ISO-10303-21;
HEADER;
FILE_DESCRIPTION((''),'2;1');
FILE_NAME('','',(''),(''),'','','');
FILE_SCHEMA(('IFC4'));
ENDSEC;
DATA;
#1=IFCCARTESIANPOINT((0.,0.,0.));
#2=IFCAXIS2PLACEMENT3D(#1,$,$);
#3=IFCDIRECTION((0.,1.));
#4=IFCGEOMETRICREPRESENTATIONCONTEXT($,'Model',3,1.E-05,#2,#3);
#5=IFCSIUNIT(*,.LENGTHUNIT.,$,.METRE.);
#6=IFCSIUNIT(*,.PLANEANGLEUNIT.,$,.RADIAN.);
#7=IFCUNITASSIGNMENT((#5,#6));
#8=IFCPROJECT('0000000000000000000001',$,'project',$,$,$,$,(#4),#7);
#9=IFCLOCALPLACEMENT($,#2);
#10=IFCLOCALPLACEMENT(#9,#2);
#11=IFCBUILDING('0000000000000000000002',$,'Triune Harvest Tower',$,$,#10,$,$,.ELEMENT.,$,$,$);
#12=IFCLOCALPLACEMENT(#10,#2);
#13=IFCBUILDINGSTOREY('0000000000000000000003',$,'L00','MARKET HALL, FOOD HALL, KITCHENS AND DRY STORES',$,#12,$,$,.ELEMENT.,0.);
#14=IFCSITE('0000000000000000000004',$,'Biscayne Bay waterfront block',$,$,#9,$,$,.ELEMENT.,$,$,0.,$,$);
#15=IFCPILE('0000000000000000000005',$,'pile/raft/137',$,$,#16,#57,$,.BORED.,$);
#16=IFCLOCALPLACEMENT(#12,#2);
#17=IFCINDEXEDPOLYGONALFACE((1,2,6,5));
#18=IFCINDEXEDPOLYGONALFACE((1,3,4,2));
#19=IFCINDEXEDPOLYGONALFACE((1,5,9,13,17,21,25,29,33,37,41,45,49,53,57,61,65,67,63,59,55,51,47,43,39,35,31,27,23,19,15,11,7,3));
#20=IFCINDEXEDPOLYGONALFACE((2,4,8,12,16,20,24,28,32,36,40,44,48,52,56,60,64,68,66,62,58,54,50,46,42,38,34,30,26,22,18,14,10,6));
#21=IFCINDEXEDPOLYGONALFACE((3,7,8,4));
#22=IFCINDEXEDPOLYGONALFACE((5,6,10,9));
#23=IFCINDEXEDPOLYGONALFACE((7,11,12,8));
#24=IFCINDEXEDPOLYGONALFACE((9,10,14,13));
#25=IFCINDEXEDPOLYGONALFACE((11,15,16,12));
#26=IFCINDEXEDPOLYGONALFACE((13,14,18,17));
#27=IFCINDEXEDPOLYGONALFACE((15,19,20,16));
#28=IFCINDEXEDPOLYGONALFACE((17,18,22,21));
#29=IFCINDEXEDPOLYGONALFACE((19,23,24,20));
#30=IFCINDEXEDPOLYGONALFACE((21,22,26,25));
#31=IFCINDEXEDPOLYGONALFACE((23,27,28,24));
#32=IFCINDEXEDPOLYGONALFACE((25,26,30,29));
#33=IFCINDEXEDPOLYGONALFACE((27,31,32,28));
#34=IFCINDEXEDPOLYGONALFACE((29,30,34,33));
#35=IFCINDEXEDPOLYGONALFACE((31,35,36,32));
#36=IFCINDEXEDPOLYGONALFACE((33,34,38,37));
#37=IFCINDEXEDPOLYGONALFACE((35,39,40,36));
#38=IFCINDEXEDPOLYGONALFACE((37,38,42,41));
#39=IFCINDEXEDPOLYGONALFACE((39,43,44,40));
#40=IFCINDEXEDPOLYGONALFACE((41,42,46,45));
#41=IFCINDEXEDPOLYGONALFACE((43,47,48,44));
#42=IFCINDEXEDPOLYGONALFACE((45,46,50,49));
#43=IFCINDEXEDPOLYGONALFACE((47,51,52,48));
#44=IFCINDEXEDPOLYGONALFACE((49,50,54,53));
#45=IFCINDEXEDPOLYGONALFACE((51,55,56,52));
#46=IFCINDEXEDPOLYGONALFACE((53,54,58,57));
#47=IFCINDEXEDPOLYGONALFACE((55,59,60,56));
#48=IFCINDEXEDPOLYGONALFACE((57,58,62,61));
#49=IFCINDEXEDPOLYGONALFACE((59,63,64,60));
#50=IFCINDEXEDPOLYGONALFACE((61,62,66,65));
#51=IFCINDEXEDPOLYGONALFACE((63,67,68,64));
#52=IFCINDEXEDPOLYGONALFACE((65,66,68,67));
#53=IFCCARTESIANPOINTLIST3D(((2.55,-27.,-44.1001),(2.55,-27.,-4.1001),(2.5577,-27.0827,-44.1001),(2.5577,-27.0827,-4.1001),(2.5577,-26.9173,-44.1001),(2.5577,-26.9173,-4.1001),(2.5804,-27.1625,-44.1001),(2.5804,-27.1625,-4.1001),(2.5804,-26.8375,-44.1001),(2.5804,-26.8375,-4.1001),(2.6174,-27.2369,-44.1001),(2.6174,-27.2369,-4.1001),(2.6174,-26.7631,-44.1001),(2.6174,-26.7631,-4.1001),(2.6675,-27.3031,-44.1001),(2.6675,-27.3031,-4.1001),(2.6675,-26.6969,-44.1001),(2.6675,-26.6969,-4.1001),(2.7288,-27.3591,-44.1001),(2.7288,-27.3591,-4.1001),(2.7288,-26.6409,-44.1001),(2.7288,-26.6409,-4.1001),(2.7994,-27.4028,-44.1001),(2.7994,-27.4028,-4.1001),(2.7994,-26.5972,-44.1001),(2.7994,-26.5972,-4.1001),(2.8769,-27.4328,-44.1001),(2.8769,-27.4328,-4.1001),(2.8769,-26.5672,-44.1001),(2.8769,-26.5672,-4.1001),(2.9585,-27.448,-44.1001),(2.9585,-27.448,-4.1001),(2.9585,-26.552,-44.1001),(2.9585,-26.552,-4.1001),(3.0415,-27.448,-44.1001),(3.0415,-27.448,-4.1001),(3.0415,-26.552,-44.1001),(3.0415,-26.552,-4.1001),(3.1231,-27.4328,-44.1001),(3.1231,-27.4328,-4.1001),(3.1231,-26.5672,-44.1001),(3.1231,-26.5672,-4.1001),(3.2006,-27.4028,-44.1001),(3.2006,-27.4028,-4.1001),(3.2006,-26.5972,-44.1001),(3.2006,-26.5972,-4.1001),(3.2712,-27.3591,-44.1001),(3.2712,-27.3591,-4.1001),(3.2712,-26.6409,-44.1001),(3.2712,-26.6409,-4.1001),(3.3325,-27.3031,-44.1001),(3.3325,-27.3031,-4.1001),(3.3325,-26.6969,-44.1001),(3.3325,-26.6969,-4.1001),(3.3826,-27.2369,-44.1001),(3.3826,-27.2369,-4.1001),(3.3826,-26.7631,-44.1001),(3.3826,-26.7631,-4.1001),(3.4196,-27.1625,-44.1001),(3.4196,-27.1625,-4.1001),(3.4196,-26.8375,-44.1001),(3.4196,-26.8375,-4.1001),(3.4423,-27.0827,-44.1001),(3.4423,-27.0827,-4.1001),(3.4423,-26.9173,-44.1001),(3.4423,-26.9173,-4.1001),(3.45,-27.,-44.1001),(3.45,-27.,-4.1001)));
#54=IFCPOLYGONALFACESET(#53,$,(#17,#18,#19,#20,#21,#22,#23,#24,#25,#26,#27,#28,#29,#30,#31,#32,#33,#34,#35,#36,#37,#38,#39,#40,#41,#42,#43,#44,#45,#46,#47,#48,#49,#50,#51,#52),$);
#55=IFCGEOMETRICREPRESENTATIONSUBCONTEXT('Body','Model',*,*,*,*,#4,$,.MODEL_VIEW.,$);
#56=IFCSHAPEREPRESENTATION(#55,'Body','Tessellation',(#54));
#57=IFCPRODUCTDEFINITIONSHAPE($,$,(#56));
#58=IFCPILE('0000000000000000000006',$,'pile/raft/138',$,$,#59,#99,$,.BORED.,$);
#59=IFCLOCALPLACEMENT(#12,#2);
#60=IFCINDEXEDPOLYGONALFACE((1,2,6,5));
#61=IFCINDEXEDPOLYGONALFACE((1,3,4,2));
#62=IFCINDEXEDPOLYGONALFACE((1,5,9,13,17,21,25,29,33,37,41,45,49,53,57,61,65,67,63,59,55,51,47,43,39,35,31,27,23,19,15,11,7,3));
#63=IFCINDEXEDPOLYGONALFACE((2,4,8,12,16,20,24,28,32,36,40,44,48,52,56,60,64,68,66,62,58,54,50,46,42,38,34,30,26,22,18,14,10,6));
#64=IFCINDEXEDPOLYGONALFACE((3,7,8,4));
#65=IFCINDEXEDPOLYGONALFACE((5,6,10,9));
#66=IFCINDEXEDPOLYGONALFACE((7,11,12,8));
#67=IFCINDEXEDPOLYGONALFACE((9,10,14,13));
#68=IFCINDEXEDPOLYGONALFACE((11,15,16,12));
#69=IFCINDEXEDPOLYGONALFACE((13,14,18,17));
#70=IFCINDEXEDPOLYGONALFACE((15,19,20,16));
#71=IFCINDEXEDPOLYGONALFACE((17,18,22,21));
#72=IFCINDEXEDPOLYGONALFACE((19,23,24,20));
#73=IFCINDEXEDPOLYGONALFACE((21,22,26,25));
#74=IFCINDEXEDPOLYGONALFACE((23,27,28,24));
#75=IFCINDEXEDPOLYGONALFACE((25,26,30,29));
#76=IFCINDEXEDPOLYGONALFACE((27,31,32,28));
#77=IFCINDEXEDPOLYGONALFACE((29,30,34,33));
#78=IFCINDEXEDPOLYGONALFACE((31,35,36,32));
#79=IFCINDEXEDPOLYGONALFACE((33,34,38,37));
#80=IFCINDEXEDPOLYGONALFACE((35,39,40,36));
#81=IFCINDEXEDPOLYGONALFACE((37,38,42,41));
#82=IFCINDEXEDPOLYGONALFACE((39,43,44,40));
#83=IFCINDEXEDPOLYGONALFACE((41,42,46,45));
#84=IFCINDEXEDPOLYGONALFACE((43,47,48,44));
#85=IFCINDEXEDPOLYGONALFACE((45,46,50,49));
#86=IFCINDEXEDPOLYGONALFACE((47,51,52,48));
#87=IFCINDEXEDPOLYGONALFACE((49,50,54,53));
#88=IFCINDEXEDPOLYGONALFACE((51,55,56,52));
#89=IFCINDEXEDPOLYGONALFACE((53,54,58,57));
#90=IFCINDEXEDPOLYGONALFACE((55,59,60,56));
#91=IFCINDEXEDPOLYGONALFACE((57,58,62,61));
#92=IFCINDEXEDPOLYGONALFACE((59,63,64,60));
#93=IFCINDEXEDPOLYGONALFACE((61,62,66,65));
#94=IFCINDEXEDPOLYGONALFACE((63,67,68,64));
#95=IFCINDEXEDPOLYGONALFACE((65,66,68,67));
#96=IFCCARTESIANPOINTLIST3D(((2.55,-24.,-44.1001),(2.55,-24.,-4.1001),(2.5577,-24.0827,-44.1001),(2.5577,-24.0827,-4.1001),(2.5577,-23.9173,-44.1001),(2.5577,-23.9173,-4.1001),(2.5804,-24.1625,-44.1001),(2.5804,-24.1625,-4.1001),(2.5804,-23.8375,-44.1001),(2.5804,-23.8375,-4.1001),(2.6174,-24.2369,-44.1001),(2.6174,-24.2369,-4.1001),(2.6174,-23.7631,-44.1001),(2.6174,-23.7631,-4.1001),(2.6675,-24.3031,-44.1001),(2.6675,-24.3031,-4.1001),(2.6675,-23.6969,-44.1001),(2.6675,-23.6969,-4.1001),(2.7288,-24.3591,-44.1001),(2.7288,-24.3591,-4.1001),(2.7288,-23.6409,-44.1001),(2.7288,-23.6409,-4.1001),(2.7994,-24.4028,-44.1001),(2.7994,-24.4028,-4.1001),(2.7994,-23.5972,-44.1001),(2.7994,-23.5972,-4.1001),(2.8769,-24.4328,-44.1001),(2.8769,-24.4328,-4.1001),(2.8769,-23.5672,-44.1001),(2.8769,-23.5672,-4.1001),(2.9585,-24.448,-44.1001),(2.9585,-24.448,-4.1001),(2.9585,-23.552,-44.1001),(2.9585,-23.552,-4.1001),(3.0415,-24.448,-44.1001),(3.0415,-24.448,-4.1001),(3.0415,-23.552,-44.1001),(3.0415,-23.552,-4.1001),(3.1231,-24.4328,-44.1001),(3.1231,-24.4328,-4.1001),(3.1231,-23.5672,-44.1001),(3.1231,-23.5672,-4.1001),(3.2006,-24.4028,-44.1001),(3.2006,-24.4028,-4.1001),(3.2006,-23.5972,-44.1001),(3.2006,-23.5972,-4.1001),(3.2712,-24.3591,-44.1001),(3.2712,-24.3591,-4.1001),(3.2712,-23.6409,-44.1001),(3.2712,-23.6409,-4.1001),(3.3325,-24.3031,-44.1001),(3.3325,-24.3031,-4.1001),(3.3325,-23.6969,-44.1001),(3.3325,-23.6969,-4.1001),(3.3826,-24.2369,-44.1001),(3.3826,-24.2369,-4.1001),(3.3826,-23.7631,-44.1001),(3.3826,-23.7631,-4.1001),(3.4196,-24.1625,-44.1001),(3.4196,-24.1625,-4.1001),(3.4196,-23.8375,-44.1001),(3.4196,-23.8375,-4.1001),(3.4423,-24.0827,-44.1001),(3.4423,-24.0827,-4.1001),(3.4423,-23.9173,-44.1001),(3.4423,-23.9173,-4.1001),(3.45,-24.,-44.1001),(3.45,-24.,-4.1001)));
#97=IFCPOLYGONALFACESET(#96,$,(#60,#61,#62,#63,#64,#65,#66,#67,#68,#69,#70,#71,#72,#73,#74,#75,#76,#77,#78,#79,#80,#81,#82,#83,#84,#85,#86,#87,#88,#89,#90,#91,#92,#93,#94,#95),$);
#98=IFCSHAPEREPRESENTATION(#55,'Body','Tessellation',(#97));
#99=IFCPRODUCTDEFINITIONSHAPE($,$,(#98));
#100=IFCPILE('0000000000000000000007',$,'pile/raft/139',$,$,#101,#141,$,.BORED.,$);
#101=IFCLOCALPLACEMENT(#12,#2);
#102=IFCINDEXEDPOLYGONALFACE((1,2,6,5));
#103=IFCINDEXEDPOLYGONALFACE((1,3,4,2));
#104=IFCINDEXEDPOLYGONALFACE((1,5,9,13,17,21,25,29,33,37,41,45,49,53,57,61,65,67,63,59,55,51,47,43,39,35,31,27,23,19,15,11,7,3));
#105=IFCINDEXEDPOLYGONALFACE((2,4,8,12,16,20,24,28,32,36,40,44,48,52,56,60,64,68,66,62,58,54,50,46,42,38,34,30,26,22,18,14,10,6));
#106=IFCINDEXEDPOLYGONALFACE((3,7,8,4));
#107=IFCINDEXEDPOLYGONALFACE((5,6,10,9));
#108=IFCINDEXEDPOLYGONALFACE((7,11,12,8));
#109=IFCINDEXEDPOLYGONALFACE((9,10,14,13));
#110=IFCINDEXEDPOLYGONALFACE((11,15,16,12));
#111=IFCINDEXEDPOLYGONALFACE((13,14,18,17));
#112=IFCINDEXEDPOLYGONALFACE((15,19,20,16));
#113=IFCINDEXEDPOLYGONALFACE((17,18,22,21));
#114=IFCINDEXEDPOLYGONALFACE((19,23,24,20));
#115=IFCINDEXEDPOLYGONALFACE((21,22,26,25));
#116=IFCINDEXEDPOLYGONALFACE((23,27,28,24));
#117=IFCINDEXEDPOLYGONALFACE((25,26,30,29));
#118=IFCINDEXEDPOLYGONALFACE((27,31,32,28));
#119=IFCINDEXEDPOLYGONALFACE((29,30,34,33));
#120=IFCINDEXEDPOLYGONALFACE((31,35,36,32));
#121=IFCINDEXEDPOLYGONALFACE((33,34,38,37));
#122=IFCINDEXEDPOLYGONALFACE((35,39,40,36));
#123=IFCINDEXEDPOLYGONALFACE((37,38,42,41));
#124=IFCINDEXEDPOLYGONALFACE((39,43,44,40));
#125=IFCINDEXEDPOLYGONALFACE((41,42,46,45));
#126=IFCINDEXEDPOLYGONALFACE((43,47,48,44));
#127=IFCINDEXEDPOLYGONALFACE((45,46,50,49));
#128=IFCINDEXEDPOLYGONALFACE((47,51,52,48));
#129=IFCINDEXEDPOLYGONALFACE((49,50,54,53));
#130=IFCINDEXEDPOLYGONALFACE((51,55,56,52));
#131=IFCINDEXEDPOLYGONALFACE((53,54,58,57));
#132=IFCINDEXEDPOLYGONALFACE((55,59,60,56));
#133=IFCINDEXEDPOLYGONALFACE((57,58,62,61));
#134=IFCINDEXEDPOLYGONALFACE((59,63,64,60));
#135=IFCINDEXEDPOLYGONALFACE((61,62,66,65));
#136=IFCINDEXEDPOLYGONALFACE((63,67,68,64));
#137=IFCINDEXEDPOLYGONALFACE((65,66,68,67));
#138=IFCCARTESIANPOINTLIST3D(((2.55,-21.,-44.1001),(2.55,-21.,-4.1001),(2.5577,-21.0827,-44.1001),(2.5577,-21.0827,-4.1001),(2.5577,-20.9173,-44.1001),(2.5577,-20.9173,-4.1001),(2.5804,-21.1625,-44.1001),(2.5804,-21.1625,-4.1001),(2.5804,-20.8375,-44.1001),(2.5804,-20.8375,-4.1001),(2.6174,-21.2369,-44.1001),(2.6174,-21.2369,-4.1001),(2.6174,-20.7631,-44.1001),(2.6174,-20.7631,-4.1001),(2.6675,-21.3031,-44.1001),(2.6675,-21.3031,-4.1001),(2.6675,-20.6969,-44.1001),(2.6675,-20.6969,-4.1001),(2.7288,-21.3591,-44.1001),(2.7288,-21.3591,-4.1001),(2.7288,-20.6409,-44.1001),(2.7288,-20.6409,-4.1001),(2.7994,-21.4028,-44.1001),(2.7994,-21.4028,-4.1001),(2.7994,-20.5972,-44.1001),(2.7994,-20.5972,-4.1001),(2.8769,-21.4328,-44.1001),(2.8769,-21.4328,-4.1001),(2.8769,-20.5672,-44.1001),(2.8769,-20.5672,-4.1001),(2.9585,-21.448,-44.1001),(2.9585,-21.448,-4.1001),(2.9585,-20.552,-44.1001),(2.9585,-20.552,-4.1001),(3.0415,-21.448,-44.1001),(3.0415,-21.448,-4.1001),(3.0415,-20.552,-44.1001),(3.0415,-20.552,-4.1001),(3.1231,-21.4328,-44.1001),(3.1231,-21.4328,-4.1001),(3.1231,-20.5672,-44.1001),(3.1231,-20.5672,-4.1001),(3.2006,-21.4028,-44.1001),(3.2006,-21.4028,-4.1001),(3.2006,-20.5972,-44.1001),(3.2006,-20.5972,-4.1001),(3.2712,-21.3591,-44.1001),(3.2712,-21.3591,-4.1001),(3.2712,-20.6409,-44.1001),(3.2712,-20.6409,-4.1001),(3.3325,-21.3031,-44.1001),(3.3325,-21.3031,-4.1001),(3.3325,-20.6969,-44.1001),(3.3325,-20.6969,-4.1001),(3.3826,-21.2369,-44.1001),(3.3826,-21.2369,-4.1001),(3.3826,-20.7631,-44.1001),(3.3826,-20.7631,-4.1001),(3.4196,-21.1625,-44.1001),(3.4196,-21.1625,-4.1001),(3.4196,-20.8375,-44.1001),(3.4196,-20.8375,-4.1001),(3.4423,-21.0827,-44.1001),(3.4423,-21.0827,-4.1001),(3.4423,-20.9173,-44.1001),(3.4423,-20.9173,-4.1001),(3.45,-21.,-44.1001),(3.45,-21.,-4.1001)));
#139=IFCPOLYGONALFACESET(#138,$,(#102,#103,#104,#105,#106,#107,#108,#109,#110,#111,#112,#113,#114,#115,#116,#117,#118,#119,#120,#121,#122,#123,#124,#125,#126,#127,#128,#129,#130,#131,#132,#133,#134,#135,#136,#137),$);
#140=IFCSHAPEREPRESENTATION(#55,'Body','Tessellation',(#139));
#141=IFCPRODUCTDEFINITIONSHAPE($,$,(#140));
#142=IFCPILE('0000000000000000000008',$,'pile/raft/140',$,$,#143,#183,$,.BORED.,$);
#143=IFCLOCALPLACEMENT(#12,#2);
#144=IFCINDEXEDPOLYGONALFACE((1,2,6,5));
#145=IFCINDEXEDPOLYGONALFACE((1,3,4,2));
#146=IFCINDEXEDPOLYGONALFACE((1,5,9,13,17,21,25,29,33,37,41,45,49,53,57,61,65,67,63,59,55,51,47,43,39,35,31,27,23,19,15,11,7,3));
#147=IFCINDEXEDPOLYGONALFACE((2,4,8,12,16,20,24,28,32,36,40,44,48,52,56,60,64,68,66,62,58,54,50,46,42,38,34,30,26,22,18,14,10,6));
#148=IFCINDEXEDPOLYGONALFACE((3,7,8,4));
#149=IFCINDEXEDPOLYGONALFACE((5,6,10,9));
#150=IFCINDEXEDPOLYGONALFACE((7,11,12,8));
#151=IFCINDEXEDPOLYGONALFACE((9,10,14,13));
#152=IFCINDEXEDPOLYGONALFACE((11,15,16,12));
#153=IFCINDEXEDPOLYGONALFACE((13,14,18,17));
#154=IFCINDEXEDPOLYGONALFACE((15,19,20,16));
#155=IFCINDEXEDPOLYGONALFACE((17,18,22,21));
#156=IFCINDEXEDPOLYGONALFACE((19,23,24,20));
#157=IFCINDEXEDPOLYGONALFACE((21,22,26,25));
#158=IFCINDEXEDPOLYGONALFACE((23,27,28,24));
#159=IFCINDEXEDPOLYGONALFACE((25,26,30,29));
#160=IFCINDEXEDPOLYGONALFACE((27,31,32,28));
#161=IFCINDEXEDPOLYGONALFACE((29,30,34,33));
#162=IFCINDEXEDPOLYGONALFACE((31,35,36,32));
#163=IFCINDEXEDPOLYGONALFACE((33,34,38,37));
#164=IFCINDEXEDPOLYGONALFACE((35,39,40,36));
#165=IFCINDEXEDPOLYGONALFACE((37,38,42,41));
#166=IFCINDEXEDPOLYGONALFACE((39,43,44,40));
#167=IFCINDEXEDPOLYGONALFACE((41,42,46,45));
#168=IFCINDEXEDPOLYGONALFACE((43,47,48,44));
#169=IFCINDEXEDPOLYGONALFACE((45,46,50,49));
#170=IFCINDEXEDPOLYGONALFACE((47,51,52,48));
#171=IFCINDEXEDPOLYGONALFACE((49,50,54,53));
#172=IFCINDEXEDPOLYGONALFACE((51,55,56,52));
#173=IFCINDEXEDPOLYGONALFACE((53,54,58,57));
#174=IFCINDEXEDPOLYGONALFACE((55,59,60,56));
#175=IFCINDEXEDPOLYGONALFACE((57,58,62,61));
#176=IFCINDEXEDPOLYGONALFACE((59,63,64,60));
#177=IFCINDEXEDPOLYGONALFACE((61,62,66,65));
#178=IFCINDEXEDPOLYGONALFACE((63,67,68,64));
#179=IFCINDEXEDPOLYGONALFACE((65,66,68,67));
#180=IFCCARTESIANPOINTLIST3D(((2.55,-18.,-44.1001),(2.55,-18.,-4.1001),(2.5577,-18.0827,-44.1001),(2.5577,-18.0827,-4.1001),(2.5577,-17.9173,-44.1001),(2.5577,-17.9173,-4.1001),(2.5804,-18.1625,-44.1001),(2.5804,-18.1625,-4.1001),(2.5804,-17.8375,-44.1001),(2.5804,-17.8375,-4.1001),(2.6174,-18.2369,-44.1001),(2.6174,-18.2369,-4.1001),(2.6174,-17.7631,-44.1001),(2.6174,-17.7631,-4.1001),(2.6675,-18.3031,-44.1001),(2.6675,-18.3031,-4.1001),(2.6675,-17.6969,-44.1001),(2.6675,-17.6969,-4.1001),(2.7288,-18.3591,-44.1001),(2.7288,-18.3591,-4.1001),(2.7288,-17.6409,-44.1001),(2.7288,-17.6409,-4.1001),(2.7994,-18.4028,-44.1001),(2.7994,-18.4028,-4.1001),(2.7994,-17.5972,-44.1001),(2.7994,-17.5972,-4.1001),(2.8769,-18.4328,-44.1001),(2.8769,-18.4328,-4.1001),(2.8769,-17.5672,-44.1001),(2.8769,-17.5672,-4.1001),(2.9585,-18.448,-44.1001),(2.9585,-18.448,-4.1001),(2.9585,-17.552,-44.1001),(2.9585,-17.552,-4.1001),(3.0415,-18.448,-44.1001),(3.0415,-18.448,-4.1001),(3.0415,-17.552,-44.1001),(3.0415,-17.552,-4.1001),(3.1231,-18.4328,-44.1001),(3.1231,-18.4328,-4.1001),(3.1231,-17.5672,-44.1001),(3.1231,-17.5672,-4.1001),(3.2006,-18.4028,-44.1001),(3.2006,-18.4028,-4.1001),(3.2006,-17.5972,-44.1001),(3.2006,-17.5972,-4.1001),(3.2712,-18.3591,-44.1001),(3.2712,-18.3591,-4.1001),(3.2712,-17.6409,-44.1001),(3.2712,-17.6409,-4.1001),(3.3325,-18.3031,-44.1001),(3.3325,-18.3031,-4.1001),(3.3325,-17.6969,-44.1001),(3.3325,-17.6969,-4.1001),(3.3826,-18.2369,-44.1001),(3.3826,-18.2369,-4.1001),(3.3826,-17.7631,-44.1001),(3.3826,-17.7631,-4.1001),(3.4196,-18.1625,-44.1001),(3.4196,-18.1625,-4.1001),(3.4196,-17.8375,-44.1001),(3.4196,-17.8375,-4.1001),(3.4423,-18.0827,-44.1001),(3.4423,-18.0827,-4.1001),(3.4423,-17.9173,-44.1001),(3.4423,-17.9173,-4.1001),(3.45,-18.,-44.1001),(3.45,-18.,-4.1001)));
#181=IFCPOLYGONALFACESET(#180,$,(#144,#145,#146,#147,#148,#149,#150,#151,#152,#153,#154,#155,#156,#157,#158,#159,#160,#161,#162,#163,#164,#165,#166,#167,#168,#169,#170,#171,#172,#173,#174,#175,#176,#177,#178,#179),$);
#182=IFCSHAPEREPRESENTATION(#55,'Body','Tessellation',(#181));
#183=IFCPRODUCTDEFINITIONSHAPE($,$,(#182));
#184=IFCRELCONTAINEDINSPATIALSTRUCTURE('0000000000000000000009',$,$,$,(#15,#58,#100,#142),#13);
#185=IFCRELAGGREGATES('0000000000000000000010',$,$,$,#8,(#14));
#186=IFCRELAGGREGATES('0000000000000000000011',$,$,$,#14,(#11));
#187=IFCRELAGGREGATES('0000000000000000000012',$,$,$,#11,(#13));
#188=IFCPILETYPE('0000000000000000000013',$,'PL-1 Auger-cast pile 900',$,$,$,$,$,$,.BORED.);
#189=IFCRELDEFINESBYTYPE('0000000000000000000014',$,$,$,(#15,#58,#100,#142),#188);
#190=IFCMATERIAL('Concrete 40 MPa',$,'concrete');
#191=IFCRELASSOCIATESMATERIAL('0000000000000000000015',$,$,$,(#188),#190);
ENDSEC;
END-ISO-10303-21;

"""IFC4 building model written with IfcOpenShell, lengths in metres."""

from ifc_helpers import new_model, si_unit, direction, frame, origin, origin_2d, place, context, subcontext, project, spatial, circle, extrude, source, transform, mapped, material, material_profile, profile_set, type_object, element, save


model = new_model("IFC4")

# Units and contexts
model_context = context("Model", 3, precision=1e-05, world=origin(), true_north=direction((0.0, 1.0)))
body_context = subcontext(model_context, "Body", "Model", "MODEL_VIEW")
ifc_project = project(units=[si_unit("LENGTHUNIT", "METRE"), si_unit("PLANEANGLEUNIT", "RADIAN")], contexts=[model_context])

# Site, building, storey
site_placement = place(None, origin())
site = spatial("IfcSite", under=ifc_project, at=site_placement, Name="Biscayne Bay waterfront block", CompositionType="ELEMENT", RefElevation=0.0)
building_placement = place(site_placement, origin())
building = spatial("IfcBuilding", under=site, at=building_placement, Name="Triune Harvest Tower", CompositionType="ELEMENT")
storey_placement = place(building_placement, origin())
storey = spatial("IfcBuildingStorey", under=building, at=storey_placement, Name="L00", Description="MARKET HALL, FOOD HALL, KITCHENS AND DRY STORES", CompositionType="ELEMENT", Elevation=0.0)

# Piles
ifc_material_1 = material(Name="Concrete 40 MPa", Category="concrete")
ifc_material_profile_1 = material_profile(ifc_material_1, circle(Radius=0.45, at=origin_2d()), Name="Bored 900")
ifc_profile_set_1 = profile_set([ifc_material_profile_1], Name="Concrete 40 MPa")
pile_type = type_object("IfcPileType", Name="PL-1 Auger-cast pile 900", PredefinedType="BORED", material=ifc_profile_set_1)
shared_shape_1 = source(origin(), body_context, "Body", "SweptSolid", [
    extrude(circle(Radius=0.45, at=origin_2d()), origin(), (0.0, 0.0, 1.0), 40.0),
])
for number, where, z_axis, x_axis, name in (
    (1, (3.0, -27.0, -4.1001), (0.0, 0.0, -1.0), (1.0, 0.0, 0.0), "pile/raft/137"),
    (2, (3.0, -24.0, -4.1001), (0.0, 0.0, -1.0), (1.0, 0.0, 0.0), "pile/raft/138"),
    (3, (3.0, -21.0, -4.1001), (0.0, 0.0, -1.0), (1.0, 0.0, 0.0), "pile/raft/139"),
    (4, (3.0, -18.0, -4.1001), (0.0, 0.0, -1.0), (1.0, 0.0, 0.0), "pile/raft/140"),
):
    element("IfcPile", number, at=place(storey_placement, frame(where, z_axis=z_axis, x_axis=x_axis)), inside=storey, type_object=pile_type, Name=name, PredefinedType="BORED", context=body_context, shape_type="MappedRepresentation", body=[
        mapped(shared_shape_1, transform((0.0, 0.0, 0.0), scale=1.0)),
    ])

save(model, "model.ifc")
